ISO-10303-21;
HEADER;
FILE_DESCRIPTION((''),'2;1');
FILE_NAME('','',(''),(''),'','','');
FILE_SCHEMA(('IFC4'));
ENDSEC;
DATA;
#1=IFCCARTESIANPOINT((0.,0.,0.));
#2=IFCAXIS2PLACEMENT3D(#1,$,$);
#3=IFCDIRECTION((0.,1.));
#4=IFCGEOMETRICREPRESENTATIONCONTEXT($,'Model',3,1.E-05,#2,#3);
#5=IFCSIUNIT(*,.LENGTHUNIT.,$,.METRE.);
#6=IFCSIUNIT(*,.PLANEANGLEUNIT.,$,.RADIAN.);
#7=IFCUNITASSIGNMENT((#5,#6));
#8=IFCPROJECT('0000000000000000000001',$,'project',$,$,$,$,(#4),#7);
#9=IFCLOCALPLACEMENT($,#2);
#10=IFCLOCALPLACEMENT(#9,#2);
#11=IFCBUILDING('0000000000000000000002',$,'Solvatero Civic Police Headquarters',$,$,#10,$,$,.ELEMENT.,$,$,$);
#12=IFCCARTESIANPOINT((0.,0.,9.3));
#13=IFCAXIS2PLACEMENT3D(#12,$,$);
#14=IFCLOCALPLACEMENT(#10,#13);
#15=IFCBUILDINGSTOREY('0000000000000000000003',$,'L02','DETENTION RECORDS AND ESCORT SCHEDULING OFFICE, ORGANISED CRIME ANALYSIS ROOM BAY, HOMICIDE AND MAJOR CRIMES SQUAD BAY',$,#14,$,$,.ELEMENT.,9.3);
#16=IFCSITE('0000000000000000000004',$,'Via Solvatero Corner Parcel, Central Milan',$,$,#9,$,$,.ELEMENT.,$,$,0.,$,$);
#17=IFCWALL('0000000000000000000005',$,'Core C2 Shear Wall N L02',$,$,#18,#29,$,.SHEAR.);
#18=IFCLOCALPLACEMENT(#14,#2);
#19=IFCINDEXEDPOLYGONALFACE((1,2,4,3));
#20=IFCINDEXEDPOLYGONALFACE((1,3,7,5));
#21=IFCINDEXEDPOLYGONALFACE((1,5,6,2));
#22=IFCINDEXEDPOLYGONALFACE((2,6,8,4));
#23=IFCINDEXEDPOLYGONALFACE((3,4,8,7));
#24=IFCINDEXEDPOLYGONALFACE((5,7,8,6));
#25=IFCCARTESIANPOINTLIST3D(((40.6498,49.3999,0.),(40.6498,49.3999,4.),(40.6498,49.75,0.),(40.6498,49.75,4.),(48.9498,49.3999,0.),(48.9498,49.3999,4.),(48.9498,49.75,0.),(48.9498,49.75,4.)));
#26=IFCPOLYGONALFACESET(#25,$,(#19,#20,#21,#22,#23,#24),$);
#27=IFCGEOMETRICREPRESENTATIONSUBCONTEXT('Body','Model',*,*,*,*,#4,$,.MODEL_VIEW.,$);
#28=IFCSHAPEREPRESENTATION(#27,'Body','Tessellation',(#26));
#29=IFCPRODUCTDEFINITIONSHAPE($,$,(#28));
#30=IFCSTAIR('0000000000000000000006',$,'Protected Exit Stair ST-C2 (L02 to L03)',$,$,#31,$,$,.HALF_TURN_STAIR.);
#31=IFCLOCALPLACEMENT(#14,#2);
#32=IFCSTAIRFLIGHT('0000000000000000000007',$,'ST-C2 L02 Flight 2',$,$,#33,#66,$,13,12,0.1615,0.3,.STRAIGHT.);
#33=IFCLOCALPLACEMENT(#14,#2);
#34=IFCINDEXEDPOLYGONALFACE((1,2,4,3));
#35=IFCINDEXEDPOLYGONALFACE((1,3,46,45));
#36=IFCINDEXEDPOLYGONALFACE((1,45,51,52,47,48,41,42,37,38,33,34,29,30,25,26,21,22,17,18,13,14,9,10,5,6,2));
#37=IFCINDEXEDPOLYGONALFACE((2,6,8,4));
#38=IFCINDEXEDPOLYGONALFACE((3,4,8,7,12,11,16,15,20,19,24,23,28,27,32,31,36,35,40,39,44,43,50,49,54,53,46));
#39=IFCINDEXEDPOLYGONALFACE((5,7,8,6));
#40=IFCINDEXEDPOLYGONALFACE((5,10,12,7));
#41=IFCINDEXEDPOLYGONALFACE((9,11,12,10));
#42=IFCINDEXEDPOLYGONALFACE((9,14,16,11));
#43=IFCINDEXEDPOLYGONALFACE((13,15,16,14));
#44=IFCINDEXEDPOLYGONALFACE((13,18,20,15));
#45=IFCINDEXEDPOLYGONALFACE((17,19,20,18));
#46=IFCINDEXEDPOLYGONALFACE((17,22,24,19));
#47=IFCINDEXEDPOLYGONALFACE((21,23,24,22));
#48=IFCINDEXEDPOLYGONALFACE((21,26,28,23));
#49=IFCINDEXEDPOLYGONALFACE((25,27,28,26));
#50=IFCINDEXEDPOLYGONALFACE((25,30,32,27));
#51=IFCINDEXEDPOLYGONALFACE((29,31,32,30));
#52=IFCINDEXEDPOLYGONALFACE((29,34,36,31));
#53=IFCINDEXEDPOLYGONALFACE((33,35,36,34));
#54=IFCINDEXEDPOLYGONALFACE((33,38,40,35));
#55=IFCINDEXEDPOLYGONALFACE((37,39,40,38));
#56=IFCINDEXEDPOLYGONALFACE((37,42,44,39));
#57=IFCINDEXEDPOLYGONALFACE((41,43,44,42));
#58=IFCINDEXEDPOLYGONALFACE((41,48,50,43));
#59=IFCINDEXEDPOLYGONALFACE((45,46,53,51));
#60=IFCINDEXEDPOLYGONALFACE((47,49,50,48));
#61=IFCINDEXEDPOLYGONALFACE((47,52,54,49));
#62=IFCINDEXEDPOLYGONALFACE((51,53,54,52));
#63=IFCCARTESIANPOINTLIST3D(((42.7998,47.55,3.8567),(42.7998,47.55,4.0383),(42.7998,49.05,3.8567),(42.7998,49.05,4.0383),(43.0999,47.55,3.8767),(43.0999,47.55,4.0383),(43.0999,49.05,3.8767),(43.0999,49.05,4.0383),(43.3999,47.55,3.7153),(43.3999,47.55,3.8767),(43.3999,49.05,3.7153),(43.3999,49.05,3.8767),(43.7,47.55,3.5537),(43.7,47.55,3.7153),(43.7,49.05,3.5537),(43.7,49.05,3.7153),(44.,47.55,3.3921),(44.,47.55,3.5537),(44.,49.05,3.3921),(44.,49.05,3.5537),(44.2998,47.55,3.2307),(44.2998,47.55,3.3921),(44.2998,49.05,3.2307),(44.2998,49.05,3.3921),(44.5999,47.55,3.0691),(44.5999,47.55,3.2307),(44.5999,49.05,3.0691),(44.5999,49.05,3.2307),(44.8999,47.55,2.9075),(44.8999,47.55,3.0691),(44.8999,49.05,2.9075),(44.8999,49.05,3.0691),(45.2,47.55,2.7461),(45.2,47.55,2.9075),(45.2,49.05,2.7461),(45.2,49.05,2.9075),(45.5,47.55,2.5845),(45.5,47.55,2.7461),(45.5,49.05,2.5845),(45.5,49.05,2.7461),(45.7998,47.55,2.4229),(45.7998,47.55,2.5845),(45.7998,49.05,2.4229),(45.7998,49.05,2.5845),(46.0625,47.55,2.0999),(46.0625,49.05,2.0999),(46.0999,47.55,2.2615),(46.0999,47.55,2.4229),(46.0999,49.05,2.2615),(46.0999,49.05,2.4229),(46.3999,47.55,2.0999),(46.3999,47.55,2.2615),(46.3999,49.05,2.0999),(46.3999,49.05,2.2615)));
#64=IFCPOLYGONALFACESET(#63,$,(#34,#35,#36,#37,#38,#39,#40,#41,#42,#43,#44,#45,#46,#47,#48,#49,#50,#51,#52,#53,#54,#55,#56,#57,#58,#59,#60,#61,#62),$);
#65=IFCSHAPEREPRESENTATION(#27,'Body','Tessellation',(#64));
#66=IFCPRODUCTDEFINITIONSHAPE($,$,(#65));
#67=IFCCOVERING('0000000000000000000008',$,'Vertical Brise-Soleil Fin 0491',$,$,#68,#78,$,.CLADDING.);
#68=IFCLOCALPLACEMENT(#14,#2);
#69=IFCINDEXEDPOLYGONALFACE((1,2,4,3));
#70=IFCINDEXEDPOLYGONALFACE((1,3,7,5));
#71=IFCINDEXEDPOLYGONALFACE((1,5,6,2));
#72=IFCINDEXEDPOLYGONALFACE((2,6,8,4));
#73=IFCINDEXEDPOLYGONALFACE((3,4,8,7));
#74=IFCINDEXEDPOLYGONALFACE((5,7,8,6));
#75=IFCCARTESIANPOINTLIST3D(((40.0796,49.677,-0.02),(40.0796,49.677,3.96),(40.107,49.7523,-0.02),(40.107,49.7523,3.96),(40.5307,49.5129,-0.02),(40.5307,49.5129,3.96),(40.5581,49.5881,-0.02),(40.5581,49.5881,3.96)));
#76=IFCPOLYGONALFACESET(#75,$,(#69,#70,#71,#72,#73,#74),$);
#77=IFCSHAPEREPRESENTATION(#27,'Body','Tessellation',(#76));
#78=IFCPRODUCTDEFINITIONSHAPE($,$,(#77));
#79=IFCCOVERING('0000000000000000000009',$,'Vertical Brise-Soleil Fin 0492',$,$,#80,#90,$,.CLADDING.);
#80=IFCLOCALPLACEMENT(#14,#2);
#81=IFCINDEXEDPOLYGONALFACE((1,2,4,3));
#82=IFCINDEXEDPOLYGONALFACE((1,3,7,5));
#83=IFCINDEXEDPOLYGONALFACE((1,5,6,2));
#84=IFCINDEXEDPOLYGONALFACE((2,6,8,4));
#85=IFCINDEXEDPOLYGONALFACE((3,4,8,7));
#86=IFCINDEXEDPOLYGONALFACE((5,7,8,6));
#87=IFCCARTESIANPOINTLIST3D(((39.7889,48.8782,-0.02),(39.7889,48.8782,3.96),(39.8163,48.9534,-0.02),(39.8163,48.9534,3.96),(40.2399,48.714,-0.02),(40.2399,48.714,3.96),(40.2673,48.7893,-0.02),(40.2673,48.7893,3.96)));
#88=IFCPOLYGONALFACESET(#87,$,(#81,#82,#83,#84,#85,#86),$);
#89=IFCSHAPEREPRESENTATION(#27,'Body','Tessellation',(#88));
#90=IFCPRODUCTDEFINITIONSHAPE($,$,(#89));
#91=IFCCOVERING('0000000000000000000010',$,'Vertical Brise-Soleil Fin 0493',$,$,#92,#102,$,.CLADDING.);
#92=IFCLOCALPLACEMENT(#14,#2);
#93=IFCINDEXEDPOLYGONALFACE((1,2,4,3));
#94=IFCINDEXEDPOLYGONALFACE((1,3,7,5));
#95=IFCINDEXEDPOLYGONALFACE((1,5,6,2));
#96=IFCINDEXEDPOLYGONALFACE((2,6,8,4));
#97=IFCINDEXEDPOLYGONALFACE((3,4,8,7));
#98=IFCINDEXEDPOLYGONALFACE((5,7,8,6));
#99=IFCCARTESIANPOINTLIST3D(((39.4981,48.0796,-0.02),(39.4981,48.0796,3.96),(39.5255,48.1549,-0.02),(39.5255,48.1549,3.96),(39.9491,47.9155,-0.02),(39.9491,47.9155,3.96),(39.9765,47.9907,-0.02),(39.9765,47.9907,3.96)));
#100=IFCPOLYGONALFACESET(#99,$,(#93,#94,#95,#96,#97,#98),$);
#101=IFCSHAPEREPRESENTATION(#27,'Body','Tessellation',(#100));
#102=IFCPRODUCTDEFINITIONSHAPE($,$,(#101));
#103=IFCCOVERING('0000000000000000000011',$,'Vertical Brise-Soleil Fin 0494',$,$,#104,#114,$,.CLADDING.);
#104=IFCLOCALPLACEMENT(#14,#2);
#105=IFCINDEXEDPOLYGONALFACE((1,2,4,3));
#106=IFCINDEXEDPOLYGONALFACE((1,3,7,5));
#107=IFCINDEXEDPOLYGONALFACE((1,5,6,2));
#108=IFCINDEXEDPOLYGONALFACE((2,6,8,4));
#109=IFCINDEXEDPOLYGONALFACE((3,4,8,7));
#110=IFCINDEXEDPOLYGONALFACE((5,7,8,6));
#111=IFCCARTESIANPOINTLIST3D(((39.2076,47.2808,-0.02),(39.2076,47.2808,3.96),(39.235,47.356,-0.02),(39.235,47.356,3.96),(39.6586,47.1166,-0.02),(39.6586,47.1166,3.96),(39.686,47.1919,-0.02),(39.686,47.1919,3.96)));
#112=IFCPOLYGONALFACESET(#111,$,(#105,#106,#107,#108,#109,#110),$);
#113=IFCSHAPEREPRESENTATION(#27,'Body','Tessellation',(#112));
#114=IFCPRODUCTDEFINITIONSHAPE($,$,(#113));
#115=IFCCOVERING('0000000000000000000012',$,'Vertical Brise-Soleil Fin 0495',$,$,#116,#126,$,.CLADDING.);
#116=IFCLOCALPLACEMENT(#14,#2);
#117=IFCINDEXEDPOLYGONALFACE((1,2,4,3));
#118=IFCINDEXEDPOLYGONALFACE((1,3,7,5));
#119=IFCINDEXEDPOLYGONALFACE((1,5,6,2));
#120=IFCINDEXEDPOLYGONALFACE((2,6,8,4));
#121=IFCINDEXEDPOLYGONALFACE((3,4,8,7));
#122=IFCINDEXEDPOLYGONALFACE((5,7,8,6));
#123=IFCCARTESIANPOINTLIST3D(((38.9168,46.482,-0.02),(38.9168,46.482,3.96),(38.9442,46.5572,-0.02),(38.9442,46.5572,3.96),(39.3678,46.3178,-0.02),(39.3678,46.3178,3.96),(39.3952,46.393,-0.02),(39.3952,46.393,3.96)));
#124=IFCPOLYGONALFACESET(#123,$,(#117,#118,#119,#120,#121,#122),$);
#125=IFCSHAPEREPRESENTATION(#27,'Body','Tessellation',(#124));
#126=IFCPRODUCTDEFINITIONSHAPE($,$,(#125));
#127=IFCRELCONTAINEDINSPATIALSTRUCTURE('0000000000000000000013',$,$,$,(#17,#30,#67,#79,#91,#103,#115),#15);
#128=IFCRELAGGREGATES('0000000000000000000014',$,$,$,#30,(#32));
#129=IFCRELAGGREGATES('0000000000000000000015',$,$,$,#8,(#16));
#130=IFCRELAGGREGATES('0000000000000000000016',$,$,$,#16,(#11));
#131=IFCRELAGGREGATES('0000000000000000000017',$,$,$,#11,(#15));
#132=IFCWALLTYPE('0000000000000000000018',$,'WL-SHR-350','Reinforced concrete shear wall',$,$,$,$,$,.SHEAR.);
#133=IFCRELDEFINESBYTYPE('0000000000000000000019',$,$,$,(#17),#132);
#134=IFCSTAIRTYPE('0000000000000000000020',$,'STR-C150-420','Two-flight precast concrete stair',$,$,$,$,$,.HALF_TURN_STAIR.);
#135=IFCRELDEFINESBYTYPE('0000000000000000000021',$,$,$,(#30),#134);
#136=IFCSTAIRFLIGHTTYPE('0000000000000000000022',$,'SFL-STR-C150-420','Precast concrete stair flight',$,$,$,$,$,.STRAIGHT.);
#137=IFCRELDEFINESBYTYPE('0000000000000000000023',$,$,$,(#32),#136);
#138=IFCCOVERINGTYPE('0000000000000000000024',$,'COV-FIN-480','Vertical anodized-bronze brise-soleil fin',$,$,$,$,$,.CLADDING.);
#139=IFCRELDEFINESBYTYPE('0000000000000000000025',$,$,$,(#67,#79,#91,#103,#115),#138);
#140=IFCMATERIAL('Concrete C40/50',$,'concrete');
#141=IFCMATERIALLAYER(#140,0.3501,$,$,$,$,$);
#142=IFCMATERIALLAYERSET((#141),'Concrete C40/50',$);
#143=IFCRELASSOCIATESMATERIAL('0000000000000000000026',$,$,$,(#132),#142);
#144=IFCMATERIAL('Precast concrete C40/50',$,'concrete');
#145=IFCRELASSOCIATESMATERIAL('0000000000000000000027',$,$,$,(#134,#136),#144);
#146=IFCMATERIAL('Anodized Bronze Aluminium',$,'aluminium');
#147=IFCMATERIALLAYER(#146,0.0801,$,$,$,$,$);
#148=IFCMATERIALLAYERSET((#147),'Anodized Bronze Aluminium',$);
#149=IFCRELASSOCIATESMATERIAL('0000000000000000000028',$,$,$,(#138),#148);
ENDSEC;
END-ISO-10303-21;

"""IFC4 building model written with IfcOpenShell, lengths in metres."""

from ifc_helpers import new_model, si_unit, direction, frame, frame_2d, origin, origin_2d, place, context, subcontext, project, spatial, polyline, rectangle, outline, extrude, material, layer, layer_set, type_object, element, aggregate, save


model = new_model("IFC4")

# Units and contexts
model_context = context("Model", 3, precision=1e-05, world=origin(), true_north=direction((0.0, 1.0)))
body_context = subcontext(model_context, "Body", "Model", "MODEL_VIEW")
ifc_project = project(units=[si_unit("LENGTHUNIT", "METRE"), si_unit("PLANEANGLEUNIT", "RADIAN")], contexts=[model_context])

# Site, building, storey
site_placement = place(None, origin())
site = spatial("IfcSite", under=ifc_project, at=site_placement, Name="Via Solvatero Corner Parcel, Central Milan", CompositionType="ELEMENT", RefElevation=0.0)
building_placement = place(site_placement, origin())
building = spatial("IfcBuilding", under=site, at=building_placement, Name="Solvatero Civic Police Headquarters", CompositionType="ELEMENT")
storey_placement = place(building_placement, frame((0.0, 0.0, 9.3)))
storey = spatial("IfcBuildingStorey", under=building, at=storey_placement, Name="L02", Description="DETENTION RECORDS AND ESCORT SCHEDULING OFFICE, ORGANISED CRIME ANALYSIS ROOM BAY, HOMICIDE AND MAJOR CRIMES SQUAD BAY", CompositionType="ELEMENT", Elevation=9.3)

# Shared definitions
ifc_material_1 = material(Name="Anodized Bronze Aluminium", Category="aluminium")

# Wall
ifc_material_2 = material(Name="Concrete C40/50", Category="concrete")
ifc_layer_1 = layer(ifc_material_2, 0.3501)
ifc_layer_set_1 = layer_set([ifc_layer_1], Name="Concrete C40/50")
wall_type_1 = type_object("IfcWallType", Name="WL-SHR-350", Description="Reinforced concrete shear wall", PredefinedType="SHEAR", material=ifc_layer_set_1)
wall_1_placement = place(storey_placement, frame((40.6499, 49.575, 0.0), z_axis=(0.0, 0.0, 1.0), x_axis=(1.0, 0.0, 0.0)))
element("IfcWall", 1, at=wall_1_placement, inside=storey, type_object=wall_type_1, Name="Core C2 Shear Wall N L02", PredefinedType="SHEAR", context=body_context, shape_type="SweptSolid", body=[
    extrude(rectangle(XDim=8.3, YDim=0.3501, at=frame_2d((4.1499, 0.0))), origin(), (0.0, 0.0, 1.0), 4.0),
])

# Stair, stair flight
ifc_material_3 = material(Name="Precast concrete C40/50", Category="concrete")
stair_type = type_object("IfcStairType", Name="STR-C150-420", Description="Two-flight precast concrete stair", PredefinedType="HALF_TURN_STAIR", material=ifc_material_3)
stair_placement = place(storey_placement, origin())
stair = element("IfcStair", 2, at=stair_placement, inside=storey, type_object=stair_type, Name="Protected Exit Stair ST-C2 (L02 to L03)", PredefinedType="HALF_TURN_STAIR")
stair_flight_type = type_object("IfcStairFlightType", Name="SFL-STR-C150-420", Description="Precast concrete stair flight", PredefinedType="STRAIGHT", material=ifc_material_3)
stair_flight_placement = place(storey_placement, frame((46.3999, 48.3, 2.0999), z_axis=(0.0, 0.0, 1.0), x_axis=(-1.0, 0.0, 0.0)))
stair_flight = element("IfcStairFlight", 3, at=stair_flight_placement, type_object=stair_flight_type, Name="ST-C2 L02 Flight 2", NumberOfRisers=13, NumberOfTreads=12, PredefinedType="STRAIGHT", RiserHeight=0.1615, TreadLength=0.3, context=body_context, shape_type="SweptSolid", body=[
    extrude(outline(polyline([(0.0, 0.0), (0.0, 0.1616), (0.3, 0.1616), (0.3, 0.323), (0.6001, 0.323), (0.6001, 0.4846), (0.8999, 0.4846), (0.8999, 0.6462), (1.2, 0.6462), (1.2, 0.8076), (1.5, 0.8076), (1.5, 0.9692), (1.8, 0.9692), (1.8, 1.1309), (2.1001, 1.1309), (2.1001, 1.2922), (2.3999, 1.2922), (2.3999, 1.4539), (2.7, 1.4539), (2.7, 1.6155), (3.0, 1.6155), (3.0, 1.7769), (3.3, 1.7769), (3.3, 1.9385), (3.6001, 1.9385), (3.6001, 2.1001), (3.6001, 1.7568), (0.3374, 0.0), (0.0, 0.0)])), frame((0.0, 0.75, 0.0), z_axis=(0.0, -1.0, 0.0), x_axis=(1.0, 0.0, 0.0)), (0.0, 0.0, 1.0), 1.5),
])
aggregate(stair, [stair_flight])

# Coverings
ifc_layer_2 = layer(ifc_material_1, 0.0801)
ifc_layer_set_2 = layer_set([ifc_layer_2], Name="Anodized Bronze Aluminium")
covering_type = type_object("IfcCoveringType", Name="COV-FIN-480", Description="Vertical anodized-bronze brise-soleil fin", PredefinedType="CLADDING", material=ifc_layer_set_2)
for number, where, z_axis, x_axis, name in (
    (4, (40.3188, 49.6326, -0.02), (0.0, 0.0, 1.0), (-0.34202, -0.939693, 0.0), "Vertical Brise-Soleil Fin 0491"),
    (5, (40.0281, 48.8337, -0.02), (0.0, 0.0, 1.0), (-0.34202, -0.939693, 0.0), "Vertical Brise-Soleil Fin 0492"),
    (6, (39.7373, 48.0352, -0.02), (0.0, 0.0, 1.0), (-0.34202, -0.939693, 0.0), "Vertical Brise-Soleil Fin 0493"),
    (7, (39.4468, 47.2363, -0.02), (0.0, 0.0, 1.0), (-0.34202, -0.939693, 0.0), "Vertical Brise-Soleil Fin 0494"),
    (8, (39.156, 46.4375, -0.02), (0.0, 0.0, 1.0), (-0.34202, -0.939693, 0.0), "Vertical Brise-Soleil Fin 0495"),
):
    element("IfcCovering", number, at=place(storey_placement, frame(where, z_axis=z_axis, x_axis=x_axis)), inside=storey, type_object=covering_type, Name=name, PredefinedType="CLADDING", context=body_context, shape_type="SweptSolid", body=[
        extrude(rectangle(XDim=0.0801, YDim=0.48, at=origin_2d()), origin(), (0.0, 0.0, 1.0), 3.98),
    ])

save(model, "model.ifc")
